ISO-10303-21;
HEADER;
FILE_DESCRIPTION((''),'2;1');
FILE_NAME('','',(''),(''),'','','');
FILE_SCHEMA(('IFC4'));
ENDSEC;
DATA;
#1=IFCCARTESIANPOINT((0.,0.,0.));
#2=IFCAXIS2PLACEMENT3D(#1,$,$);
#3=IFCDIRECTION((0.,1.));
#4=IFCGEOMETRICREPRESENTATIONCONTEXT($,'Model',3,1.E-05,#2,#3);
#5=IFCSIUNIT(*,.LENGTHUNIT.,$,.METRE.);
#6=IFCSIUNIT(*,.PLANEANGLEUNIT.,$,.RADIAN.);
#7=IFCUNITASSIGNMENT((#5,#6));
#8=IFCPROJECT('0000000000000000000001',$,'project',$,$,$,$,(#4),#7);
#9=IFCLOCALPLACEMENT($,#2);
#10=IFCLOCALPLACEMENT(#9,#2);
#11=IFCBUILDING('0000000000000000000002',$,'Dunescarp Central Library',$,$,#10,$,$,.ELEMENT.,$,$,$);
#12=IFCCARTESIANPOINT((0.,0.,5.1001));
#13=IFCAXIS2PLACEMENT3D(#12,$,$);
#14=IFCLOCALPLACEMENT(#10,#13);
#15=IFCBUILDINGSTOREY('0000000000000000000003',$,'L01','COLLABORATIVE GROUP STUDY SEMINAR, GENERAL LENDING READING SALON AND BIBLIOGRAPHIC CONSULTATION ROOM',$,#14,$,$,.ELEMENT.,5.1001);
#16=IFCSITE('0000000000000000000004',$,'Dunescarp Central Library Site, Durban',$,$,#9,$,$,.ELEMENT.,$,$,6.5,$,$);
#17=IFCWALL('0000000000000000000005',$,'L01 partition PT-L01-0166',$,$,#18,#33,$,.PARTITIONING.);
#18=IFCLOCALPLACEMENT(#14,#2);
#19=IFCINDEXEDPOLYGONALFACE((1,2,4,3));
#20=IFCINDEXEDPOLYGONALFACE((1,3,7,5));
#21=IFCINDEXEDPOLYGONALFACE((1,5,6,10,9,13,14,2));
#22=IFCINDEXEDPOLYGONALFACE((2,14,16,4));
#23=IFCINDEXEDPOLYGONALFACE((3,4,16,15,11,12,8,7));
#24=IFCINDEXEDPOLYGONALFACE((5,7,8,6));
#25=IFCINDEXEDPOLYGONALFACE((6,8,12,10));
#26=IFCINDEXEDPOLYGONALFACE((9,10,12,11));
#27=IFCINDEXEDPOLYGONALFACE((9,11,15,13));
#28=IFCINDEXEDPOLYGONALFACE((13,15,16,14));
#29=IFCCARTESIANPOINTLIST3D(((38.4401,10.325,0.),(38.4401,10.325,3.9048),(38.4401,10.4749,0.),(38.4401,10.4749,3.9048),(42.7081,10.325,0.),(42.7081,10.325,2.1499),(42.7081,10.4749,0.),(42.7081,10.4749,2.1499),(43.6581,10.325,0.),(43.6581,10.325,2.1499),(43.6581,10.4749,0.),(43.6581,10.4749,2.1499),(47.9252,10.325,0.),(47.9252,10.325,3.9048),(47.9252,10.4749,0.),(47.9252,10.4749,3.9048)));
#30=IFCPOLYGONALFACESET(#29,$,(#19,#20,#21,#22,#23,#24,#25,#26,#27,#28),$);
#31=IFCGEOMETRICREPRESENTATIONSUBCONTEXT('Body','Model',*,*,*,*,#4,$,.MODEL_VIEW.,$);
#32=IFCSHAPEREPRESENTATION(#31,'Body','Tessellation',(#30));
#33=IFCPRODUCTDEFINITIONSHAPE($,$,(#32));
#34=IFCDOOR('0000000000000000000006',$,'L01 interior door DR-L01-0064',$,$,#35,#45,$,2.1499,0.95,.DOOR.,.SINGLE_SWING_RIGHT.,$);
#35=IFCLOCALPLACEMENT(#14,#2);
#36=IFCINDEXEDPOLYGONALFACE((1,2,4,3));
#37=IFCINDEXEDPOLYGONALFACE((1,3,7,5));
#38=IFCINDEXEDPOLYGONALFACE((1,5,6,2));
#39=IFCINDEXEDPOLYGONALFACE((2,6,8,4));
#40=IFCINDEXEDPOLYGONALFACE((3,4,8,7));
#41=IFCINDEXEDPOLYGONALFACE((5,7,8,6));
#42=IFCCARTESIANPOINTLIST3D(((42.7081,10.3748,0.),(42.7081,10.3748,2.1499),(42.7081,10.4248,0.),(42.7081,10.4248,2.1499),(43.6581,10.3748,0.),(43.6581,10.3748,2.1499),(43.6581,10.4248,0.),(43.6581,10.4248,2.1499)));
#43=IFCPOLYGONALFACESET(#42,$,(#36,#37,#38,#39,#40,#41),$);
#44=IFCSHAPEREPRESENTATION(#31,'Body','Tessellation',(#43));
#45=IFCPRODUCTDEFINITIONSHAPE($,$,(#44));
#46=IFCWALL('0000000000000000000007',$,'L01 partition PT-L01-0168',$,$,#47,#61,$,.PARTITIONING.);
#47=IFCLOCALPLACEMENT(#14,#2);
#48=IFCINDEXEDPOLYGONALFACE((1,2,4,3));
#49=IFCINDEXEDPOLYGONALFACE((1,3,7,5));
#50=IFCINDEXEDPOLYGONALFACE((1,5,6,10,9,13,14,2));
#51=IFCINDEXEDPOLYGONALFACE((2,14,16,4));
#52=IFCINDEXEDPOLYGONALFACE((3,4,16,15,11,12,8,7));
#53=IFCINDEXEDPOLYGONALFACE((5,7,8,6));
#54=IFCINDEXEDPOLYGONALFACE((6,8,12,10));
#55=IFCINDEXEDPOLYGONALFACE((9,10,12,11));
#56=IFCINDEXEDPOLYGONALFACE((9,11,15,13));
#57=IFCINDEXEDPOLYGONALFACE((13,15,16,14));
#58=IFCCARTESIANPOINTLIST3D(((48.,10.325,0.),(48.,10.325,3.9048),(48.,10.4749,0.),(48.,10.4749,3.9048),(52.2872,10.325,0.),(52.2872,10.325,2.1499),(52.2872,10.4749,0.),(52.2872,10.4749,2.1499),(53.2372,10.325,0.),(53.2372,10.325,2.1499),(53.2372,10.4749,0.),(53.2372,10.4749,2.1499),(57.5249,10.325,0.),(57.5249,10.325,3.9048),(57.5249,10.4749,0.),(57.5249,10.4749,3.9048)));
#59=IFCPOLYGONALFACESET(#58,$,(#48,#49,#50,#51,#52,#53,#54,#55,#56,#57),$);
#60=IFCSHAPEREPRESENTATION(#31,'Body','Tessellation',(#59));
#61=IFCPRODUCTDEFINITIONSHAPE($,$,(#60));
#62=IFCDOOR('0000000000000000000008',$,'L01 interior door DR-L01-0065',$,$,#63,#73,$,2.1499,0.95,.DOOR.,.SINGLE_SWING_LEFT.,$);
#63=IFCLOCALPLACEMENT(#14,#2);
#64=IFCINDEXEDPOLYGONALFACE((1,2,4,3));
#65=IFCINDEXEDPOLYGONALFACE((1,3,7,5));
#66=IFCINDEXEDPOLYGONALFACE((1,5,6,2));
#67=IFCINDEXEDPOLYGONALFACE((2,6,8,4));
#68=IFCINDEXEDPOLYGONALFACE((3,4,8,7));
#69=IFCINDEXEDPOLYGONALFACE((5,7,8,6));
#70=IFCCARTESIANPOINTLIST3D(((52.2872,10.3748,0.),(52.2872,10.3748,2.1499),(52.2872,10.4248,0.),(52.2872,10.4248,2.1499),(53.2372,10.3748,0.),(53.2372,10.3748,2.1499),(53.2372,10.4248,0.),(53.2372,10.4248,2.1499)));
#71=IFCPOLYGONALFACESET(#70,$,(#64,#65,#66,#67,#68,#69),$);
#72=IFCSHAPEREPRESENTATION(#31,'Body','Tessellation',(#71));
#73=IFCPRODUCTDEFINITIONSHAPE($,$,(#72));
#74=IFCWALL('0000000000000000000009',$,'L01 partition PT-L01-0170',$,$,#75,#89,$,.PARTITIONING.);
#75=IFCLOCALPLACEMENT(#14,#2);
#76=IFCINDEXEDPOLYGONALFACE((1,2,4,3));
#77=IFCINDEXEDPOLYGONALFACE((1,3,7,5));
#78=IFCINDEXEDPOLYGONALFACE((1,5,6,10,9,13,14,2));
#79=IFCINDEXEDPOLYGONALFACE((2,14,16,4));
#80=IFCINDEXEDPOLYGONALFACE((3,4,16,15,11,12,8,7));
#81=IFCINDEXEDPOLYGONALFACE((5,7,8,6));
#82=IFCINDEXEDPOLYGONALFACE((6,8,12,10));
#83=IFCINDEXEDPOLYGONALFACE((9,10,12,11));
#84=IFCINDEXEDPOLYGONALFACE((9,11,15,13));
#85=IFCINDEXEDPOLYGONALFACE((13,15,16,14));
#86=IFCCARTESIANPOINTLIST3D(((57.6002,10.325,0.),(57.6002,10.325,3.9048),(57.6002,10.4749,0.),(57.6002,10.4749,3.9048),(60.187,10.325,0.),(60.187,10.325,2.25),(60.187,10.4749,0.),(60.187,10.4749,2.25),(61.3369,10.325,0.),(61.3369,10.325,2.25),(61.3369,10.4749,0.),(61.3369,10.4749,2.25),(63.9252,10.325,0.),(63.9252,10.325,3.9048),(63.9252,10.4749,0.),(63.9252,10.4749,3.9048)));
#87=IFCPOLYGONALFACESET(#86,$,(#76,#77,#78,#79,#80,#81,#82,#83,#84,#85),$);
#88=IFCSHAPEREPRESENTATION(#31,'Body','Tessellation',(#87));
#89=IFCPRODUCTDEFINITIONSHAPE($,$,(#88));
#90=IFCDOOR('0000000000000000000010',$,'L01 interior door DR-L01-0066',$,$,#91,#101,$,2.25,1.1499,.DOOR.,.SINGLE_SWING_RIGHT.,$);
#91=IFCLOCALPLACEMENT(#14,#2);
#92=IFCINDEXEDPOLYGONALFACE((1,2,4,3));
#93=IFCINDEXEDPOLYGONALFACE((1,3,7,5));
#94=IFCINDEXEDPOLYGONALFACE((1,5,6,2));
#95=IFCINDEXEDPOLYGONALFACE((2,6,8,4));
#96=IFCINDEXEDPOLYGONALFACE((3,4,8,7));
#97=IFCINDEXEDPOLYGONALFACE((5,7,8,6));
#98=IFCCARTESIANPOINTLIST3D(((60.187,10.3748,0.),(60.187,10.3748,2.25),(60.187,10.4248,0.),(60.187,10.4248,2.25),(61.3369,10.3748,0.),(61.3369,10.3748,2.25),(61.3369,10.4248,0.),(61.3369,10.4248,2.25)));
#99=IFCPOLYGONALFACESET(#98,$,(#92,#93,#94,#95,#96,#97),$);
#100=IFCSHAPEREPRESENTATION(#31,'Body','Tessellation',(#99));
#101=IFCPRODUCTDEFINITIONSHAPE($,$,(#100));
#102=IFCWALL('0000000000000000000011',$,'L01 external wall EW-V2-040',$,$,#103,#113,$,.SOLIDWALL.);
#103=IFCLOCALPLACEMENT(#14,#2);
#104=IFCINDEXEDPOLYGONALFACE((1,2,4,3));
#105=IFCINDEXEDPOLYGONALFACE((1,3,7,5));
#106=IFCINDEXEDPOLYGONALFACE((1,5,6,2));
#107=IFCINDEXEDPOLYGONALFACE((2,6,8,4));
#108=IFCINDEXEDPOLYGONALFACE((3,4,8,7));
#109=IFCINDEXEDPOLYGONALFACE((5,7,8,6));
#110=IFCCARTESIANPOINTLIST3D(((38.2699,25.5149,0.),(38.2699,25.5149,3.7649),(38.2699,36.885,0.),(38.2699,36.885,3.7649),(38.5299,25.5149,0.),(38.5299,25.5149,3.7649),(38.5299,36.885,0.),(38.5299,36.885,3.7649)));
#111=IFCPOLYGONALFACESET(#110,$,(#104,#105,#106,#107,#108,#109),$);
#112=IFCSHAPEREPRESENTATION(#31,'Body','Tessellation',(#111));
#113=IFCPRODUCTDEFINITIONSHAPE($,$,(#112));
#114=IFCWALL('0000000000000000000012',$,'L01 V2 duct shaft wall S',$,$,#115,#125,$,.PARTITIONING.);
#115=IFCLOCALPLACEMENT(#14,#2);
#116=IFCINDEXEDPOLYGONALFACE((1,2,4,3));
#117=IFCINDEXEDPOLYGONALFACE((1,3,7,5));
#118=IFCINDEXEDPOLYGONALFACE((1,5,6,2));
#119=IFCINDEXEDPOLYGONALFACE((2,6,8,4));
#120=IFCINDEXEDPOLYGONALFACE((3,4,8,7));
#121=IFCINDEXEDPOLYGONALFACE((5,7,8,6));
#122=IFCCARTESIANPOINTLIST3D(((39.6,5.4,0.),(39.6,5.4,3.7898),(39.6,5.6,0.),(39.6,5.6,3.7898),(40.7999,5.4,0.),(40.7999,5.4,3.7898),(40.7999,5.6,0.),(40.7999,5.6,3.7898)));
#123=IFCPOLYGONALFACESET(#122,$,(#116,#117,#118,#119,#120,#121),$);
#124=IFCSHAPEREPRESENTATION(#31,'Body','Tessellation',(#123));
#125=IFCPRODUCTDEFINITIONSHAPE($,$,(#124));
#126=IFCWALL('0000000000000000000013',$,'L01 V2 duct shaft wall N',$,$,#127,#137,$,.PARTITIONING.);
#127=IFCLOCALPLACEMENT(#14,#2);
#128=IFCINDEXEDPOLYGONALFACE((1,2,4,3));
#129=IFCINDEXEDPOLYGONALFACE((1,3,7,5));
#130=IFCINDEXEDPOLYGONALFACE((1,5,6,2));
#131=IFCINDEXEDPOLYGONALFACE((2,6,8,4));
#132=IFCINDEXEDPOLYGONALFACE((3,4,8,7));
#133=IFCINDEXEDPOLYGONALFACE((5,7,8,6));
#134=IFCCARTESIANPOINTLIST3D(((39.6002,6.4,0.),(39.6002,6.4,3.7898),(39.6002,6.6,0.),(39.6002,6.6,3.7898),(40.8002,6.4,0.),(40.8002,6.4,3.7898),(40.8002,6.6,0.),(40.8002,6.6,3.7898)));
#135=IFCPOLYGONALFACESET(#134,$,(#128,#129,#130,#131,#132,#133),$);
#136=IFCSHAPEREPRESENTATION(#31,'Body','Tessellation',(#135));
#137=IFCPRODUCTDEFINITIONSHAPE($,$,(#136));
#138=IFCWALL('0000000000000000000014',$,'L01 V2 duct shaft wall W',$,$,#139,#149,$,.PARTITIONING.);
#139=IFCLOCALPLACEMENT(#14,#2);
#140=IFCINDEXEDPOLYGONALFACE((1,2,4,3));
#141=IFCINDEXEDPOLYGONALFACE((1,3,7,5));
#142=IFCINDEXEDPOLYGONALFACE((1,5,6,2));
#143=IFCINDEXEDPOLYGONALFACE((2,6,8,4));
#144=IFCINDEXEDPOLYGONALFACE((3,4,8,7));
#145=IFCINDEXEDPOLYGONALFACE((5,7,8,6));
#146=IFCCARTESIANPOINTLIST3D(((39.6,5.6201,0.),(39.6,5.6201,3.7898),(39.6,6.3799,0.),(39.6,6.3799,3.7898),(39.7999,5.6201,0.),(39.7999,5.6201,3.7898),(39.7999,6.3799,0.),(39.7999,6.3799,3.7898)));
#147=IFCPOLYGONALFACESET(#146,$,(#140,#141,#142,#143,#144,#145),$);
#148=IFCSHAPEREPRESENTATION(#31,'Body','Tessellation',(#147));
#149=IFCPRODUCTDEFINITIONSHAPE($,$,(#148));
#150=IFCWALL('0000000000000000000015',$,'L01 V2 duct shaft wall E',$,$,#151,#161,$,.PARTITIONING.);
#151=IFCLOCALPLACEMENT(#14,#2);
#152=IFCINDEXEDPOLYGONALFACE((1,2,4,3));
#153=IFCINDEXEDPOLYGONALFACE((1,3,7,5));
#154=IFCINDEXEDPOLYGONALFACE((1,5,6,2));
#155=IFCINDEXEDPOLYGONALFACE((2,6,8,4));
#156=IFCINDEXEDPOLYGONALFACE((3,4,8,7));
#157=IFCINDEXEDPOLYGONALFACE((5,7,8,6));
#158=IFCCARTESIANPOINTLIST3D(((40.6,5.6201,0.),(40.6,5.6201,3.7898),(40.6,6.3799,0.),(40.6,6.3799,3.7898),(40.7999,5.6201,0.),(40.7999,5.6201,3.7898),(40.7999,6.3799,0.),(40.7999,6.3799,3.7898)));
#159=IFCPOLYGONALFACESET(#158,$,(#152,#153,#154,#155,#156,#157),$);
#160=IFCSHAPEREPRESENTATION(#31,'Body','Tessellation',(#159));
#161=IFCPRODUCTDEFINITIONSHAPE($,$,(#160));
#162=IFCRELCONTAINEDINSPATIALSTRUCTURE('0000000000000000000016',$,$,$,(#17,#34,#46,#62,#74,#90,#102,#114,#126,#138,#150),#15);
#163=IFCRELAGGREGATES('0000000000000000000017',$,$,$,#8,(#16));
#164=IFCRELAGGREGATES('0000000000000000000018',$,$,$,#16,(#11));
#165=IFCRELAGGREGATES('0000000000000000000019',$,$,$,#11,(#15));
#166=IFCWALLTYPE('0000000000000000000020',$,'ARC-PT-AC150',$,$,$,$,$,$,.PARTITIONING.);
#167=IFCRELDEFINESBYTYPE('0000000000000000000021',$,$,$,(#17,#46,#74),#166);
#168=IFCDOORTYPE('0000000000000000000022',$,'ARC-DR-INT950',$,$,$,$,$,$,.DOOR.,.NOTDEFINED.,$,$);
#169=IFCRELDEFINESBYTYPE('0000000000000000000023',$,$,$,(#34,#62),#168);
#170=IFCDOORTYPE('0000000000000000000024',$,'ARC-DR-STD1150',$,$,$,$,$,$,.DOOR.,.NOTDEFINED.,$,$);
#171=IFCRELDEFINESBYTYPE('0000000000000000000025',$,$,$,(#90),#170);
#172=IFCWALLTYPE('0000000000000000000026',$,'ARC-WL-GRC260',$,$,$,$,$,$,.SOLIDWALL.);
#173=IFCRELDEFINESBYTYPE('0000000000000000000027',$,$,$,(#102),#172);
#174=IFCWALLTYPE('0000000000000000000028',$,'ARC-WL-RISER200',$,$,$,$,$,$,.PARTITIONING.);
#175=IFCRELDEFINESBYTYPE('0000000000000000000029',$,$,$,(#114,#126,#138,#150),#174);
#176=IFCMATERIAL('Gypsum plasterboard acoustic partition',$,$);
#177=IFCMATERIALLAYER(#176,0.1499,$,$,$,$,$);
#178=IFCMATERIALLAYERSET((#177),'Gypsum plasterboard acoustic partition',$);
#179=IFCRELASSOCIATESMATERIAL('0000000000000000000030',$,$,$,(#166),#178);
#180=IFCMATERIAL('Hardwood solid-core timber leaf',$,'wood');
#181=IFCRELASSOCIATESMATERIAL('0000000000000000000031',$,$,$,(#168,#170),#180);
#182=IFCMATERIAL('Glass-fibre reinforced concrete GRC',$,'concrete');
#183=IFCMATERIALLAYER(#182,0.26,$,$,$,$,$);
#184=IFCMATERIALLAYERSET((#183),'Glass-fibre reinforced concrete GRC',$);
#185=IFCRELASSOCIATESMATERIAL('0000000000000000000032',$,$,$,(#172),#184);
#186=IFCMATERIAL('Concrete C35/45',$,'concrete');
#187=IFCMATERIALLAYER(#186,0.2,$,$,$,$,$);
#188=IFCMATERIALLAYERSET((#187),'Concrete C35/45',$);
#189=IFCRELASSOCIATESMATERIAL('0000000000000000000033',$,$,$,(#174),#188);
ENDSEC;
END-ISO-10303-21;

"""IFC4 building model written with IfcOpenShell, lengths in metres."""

from ifc_helpers import new_model, si_unit, direction, frame, frame_2d, origin, place, context, subcontext, project, spatial, rectangle, extrude, material, layer, layer_set, type_object, element, fill, save


model = new_model("IFC4")

# Units and contexts
model_context = context("Model", 3, precision=1e-05, world=origin(), true_north=direction((0.0, 1.0)))
body_context = subcontext(model_context, "Body", "Model", "MODEL_VIEW")
ifc_project = project(units=[si_unit("LENGTHUNIT", "METRE"), si_unit("PLANEANGLEUNIT", "RADIAN")], contexts=[model_context])

# Site, building, storey
site_placement = place(None, origin())
site = spatial("IfcSite", under=ifc_project, at=site_placement, Name="Dunescarp Central Library Site, Durban", CompositionType="ELEMENT", RefElevation=6.5)
building_placement = place(site_placement, origin())
building = spatial("IfcBuilding", under=site, at=building_placement, Name="Dunescarp Central Library", CompositionType="ELEMENT")
storey_placement = place(building_placement, frame((0.0, 0.0, 5.1001)))
storey = spatial("IfcBuildingStorey", under=building, at=storey_placement, Name="L01", Description="COLLABORATIVE GROUP STUDY SEMINAR, GENERAL LENDING READING SALON AND BIBLIOGRAPHIC CONSULTATION ROOM", CompositionType="ELEMENT", Elevation=5.1001)

# Walls, openings, doors
ifc_material_1 = material(Name="Gypsum plasterboard acoustic partition")
ifc_layer_1 = layer(ifc_material_1, 0.1499)
ifc_layer_set_1 = layer_set([ifc_layer_1], Name="Gypsum plasterboard acoustic partition")
wall_type_1 = type_object("IfcWallType", Name="ARC-PT-AC150", PredefinedType="PARTITIONING", material=ifc_layer_set_1)
wall_1_placement = place(storey_placement, frame((38.4399, 10.3999, 0.0), z_axis=(0.0, 0.0, 1.0), x_axis=(1.0, 0.0, 0.0)))
wall_1 = element("IfcWall", 1, at=wall_1_placement, inside=storey, type_object=wall_type_1, Name="L01 partition PT-L01-0166", PredefinedType="PARTITIONING", context=body_context, shape_type="SweptSolid", body=[
    extrude(rectangle(XDim=9.4851, YDim=0.1499, at=frame_2d((4.7427, 0.0))), origin(), (0.0, 0.0, 1.0), 3.9048),
])
opening_1_placement = place(wall_1_placement, frame((4.2681, 0.0, 0.0)))
opening_1 = element("IfcOpeningElement", 2, at=opening_1_placement, cuts=wall_1, PredefinedType="OPENING", context=body_context, shape_type="SweptSolid", body=[
    extrude(rectangle(XDim=0.95, YDim=2.1499, at=frame_2d((0.4751, 1.075))), frame((0.0, 0.085, 0.0), z_axis=(0.0, -1.0, 0.0), x_axis=(1.0, 0.0, 0.0)), (0.0, 0.0, 1.0), 0.1699),
])
ifc_material_2 = material(Name="Hardwood solid-core timber leaf", Category="wood")
door_type_1 = type_object("IfcDoorType", Name="ARC-DR-INT950", OperationType="NOTDEFINED", PredefinedType="DOOR", material=ifc_material_2)
door_1_placement = place(opening_1_placement, origin())
door_1 = element("IfcDoor", 3, at=door_1_placement, inside=storey, type_object=door_type_1, Name="L01 interior door DR-L01-0064", OperationType="SINGLE_SWING_RIGHT", OverallHeight=2.1499, OverallWidth=0.95, PredefinedType="DOOR", context=body_context, shape_type="SweptSolid", body=[
    extrude(rectangle(XDim=0.95, YDim=2.1499, at=frame_2d((0.4751, 1.075))), frame((0.0, 0.0249, 0.0), z_axis=(0.0, -1.0, 0.0), x_axis=(1.0, 0.0, 0.0)), (0.0, 0.0, 1.0), 0.05),
])
fill(opening_1, door_1)
wall_2_placement = place(storey_placement, frame((48.0, 10.3999, 0.0), z_axis=(0.0, 0.0, 1.0), x_axis=(1.0, 0.0, 0.0)))
wall_2 = element("IfcWall", 4, at=wall_2_placement, inside=storey, type_object=wall_type_1, Name="L01 partition PT-L01-0168", PredefinedType="PARTITIONING", context=body_context, shape_type="SweptSolid", body=[
    extrude(rectangle(XDim=9.5249, YDim=0.1499, at=frame_2d((4.7625, 0.0))), origin(), (0.0, 0.0, 1.0), 3.9048),
])
opening_2_placement = place(wall_2_placement, frame((4.2871, 0.0, 0.0)))
opening_2 = element("IfcOpeningElement", 5, at=opening_2_placement, cuts=wall_2, PredefinedType="OPENING", context=body_context, shape_type="SweptSolid", body=[
    extrude(rectangle(XDim=0.95, YDim=2.1499, at=frame_2d((0.4751, 1.075))), frame((0.0, 0.085, 0.0), z_axis=(0.0, -1.0, 0.0), x_axis=(1.0, 0.0, 0.0)), (0.0, 0.0, 1.0), 0.1699),
])
door_2_placement = place(opening_2_placement, origin())
door_2 = element("IfcDoor", 6, at=door_2_placement, inside=storey, type_object=door_type_1, Name="L01 interior door DR-L01-0065", OperationType="SINGLE_SWING_LEFT", OverallHeight=2.1499, OverallWidth=0.95, PredefinedType="DOOR", context=body_context, shape_type="SweptSolid", body=[
    extrude(rectangle(XDim=0.95, YDim=2.1499, at=frame_2d((0.4751, 1.075))), frame((0.0, 0.0249, 0.0), z_axis=(0.0, -1.0, 0.0), x_axis=(1.0, 0.0, 0.0)), (0.0, 0.0, 1.0), 0.05),
])
fill(opening_2, door_2)
wall_3_placement = place(storey_placement, frame((57.6001, 10.3999, 0.0), z_axis=(0.0, 0.0, 1.0), x_axis=(1.0, 0.0, 0.0)))
wall_3 = element("IfcWall", 7, at=wall_3_placement, inside=storey, type_object=wall_type_1, Name="L01 partition PT-L01-0170", PredefinedType="PARTITIONING", context=body_context, shape_type="SweptSolid", body=[
    extrude(rectangle(XDim=6.325, YDim=0.1499, at=frame_2d((3.1626, 0.0))), origin(), (0.0, 0.0, 1.0), 3.9048),
])
opening_3_placement = place(wall_3_placement, frame((2.5869, 0.0, 0.0)))
opening_3 = element("IfcOpeningElement", 8, at=opening_3_placement, cuts=wall_3, PredefinedType="OPENING", context=body_context, shape_type="SweptSolid", body=[
    extrude(rectangle(XDim=1.1499, YDim=2.25, at=frame_2d((0.575, 1.125))), frame((0.0, 0.085, 0.0), z_axis=(0.0, -1.0, 0.0), x_axis=(1.0, 0.0, 0.0)), (0.0, 0.0, 1.0), 0.1699),
])
door_type_2 = type_object("IfcDoorType", Name="ARC-DR-STD1150", OperationType="NOTDEFINED", PredefinedType="DOOR", material=ifc_material_2)
door_3_placement = place(opening_3_placement, origin())
door_3 = element("IfcDoor", 9, at=door_3_placement, inside=storey, type_object=door_type_2, Name="L01 interior door DR-L01-0066", OperationType="SINGLE_SWING_RIGHT", OverallHeight=2.25, OverallWidth=1.1499, PredefinedType="DOOR", context=body_context, shape_type="SweptSolid", body=[
    extrude(rectangle(XDim=1.1499, YDim=2.25, at=frame_2d((0.575, 1.125))), frame((0.0, 0.0249, 0.0), z_axis=(0.0, -1.0, 0.0), x_axis=(1.0, 0.0, 0.0)), (0.0, 0.0, 1.0), 0.05),
])
fill(opening_3, door_3)

# Walls
ifc_material_3 = material(Name="Glass-fibre reinforced concrete GRC", Category="concrete")
ifc_layer_2 = layer(ifc_material_3, 0.26)
ifc_layer_set_2 = layer_set([ifc_layer_2], Name="Glass-fibre reinforced concrete GRC")
wall_type_2 = type_object("IfcWallType", Name="ARC-WL-GRC260", PredefinedType="SOLIDWALL", material=ifc_layer_set_2)
wall_4_placement = place(storey_placement, frame((38.3999, 25.5149, 0.0), z_axis=(0.0, 0.0, 1.0), x_axis=(0.0, 1.0, 0.0)))
element("IfcWall", 10, at=wall_4_placement, inside=storey, type_object=wall_type_2, Name="L01 external wall EW-V2-040", PredefinedType="SOLIDWALL", context=body_context, shape_type="SweptSolid", body=[
    extrude(rectangle(XDim=11.3701, YDim=0.26, at=frame_2d((5.6851, 0.0))), origin(), (0.0, 0.0, 1.0), 3.7649),
])
ifc_material_4 = material(Name="Concrete C35/45", Category="concrete")
ifc_layer_3 = layer(ifc_material_4, 0.2)
ifc_layer_set_3 = layer_set([ifc_layer_3], Name="Concrete C35/45")
wall_type_3 = type_object("IfcWallType", Name="ARC-WL-RISER200", PredefinedType="PARTITIONING", material=ifc_layer_set_3)
for number, where, z_axis, x_axis, name in (
    (11, (40.8, 5.5, 0.0), (0.0, 0.0, 1.0), (-1.0, 0.0, 0.0), "L01 V2 duct shaft wall S"),
    (12, (39.6001, 6.5, 0.0), (0.0, 0.0, 1.0), (1.0, 0.0, 0.0), "L01 V2 duct shaft wall N"),
):
    element("IfcWall", number, at=place(storey_placement, frame(where, z_axis=z_axis, x_axis=x_axis)), inside=storey, type_object=wall_type_3, Name=name, PredefinedType="PARTITIONING", context=body_context, shape_type="SweptSolid", body=[
        extrude(rectangle(XDim=1.2, YDim=0.2, at=frame_2d((0.6001, 0.0))), origin(), (0.0, 0.0, 1.0), 3.7898),
    ])
for number, where, z_axis, x_axis, name in (
    (13, (39.7, 5.6201, 0.0), (0.0, 0.0, 1.0), (0.0, 1.0, 0.0), "L01 V2 duct shaft wall W"),
    (14, (40.7, 6.3799, 0.0), (0.0, 0.0, 1.0), (0.0, -1.0, 0.0), "L01 V2 duct shaft wall E"),
):
    element("IfcWall", number, at=place(storey_placement, frame(where, z_axis=z_axis, x_axis=x_axis)), inside=storey, type_object=wall_type_3, Name=name, PredefinedType="PARTITIONING", context=body_context, shape_type="SweptSolid", body=[
        extrude(rectangle(XDim=0.7598, YDim=0.2, at=frame_2d((0.3799, 0.0))), origin(), (0.0, 0.0, 1.0), 3.7898),
    ])

save(model, "model.ifc")
